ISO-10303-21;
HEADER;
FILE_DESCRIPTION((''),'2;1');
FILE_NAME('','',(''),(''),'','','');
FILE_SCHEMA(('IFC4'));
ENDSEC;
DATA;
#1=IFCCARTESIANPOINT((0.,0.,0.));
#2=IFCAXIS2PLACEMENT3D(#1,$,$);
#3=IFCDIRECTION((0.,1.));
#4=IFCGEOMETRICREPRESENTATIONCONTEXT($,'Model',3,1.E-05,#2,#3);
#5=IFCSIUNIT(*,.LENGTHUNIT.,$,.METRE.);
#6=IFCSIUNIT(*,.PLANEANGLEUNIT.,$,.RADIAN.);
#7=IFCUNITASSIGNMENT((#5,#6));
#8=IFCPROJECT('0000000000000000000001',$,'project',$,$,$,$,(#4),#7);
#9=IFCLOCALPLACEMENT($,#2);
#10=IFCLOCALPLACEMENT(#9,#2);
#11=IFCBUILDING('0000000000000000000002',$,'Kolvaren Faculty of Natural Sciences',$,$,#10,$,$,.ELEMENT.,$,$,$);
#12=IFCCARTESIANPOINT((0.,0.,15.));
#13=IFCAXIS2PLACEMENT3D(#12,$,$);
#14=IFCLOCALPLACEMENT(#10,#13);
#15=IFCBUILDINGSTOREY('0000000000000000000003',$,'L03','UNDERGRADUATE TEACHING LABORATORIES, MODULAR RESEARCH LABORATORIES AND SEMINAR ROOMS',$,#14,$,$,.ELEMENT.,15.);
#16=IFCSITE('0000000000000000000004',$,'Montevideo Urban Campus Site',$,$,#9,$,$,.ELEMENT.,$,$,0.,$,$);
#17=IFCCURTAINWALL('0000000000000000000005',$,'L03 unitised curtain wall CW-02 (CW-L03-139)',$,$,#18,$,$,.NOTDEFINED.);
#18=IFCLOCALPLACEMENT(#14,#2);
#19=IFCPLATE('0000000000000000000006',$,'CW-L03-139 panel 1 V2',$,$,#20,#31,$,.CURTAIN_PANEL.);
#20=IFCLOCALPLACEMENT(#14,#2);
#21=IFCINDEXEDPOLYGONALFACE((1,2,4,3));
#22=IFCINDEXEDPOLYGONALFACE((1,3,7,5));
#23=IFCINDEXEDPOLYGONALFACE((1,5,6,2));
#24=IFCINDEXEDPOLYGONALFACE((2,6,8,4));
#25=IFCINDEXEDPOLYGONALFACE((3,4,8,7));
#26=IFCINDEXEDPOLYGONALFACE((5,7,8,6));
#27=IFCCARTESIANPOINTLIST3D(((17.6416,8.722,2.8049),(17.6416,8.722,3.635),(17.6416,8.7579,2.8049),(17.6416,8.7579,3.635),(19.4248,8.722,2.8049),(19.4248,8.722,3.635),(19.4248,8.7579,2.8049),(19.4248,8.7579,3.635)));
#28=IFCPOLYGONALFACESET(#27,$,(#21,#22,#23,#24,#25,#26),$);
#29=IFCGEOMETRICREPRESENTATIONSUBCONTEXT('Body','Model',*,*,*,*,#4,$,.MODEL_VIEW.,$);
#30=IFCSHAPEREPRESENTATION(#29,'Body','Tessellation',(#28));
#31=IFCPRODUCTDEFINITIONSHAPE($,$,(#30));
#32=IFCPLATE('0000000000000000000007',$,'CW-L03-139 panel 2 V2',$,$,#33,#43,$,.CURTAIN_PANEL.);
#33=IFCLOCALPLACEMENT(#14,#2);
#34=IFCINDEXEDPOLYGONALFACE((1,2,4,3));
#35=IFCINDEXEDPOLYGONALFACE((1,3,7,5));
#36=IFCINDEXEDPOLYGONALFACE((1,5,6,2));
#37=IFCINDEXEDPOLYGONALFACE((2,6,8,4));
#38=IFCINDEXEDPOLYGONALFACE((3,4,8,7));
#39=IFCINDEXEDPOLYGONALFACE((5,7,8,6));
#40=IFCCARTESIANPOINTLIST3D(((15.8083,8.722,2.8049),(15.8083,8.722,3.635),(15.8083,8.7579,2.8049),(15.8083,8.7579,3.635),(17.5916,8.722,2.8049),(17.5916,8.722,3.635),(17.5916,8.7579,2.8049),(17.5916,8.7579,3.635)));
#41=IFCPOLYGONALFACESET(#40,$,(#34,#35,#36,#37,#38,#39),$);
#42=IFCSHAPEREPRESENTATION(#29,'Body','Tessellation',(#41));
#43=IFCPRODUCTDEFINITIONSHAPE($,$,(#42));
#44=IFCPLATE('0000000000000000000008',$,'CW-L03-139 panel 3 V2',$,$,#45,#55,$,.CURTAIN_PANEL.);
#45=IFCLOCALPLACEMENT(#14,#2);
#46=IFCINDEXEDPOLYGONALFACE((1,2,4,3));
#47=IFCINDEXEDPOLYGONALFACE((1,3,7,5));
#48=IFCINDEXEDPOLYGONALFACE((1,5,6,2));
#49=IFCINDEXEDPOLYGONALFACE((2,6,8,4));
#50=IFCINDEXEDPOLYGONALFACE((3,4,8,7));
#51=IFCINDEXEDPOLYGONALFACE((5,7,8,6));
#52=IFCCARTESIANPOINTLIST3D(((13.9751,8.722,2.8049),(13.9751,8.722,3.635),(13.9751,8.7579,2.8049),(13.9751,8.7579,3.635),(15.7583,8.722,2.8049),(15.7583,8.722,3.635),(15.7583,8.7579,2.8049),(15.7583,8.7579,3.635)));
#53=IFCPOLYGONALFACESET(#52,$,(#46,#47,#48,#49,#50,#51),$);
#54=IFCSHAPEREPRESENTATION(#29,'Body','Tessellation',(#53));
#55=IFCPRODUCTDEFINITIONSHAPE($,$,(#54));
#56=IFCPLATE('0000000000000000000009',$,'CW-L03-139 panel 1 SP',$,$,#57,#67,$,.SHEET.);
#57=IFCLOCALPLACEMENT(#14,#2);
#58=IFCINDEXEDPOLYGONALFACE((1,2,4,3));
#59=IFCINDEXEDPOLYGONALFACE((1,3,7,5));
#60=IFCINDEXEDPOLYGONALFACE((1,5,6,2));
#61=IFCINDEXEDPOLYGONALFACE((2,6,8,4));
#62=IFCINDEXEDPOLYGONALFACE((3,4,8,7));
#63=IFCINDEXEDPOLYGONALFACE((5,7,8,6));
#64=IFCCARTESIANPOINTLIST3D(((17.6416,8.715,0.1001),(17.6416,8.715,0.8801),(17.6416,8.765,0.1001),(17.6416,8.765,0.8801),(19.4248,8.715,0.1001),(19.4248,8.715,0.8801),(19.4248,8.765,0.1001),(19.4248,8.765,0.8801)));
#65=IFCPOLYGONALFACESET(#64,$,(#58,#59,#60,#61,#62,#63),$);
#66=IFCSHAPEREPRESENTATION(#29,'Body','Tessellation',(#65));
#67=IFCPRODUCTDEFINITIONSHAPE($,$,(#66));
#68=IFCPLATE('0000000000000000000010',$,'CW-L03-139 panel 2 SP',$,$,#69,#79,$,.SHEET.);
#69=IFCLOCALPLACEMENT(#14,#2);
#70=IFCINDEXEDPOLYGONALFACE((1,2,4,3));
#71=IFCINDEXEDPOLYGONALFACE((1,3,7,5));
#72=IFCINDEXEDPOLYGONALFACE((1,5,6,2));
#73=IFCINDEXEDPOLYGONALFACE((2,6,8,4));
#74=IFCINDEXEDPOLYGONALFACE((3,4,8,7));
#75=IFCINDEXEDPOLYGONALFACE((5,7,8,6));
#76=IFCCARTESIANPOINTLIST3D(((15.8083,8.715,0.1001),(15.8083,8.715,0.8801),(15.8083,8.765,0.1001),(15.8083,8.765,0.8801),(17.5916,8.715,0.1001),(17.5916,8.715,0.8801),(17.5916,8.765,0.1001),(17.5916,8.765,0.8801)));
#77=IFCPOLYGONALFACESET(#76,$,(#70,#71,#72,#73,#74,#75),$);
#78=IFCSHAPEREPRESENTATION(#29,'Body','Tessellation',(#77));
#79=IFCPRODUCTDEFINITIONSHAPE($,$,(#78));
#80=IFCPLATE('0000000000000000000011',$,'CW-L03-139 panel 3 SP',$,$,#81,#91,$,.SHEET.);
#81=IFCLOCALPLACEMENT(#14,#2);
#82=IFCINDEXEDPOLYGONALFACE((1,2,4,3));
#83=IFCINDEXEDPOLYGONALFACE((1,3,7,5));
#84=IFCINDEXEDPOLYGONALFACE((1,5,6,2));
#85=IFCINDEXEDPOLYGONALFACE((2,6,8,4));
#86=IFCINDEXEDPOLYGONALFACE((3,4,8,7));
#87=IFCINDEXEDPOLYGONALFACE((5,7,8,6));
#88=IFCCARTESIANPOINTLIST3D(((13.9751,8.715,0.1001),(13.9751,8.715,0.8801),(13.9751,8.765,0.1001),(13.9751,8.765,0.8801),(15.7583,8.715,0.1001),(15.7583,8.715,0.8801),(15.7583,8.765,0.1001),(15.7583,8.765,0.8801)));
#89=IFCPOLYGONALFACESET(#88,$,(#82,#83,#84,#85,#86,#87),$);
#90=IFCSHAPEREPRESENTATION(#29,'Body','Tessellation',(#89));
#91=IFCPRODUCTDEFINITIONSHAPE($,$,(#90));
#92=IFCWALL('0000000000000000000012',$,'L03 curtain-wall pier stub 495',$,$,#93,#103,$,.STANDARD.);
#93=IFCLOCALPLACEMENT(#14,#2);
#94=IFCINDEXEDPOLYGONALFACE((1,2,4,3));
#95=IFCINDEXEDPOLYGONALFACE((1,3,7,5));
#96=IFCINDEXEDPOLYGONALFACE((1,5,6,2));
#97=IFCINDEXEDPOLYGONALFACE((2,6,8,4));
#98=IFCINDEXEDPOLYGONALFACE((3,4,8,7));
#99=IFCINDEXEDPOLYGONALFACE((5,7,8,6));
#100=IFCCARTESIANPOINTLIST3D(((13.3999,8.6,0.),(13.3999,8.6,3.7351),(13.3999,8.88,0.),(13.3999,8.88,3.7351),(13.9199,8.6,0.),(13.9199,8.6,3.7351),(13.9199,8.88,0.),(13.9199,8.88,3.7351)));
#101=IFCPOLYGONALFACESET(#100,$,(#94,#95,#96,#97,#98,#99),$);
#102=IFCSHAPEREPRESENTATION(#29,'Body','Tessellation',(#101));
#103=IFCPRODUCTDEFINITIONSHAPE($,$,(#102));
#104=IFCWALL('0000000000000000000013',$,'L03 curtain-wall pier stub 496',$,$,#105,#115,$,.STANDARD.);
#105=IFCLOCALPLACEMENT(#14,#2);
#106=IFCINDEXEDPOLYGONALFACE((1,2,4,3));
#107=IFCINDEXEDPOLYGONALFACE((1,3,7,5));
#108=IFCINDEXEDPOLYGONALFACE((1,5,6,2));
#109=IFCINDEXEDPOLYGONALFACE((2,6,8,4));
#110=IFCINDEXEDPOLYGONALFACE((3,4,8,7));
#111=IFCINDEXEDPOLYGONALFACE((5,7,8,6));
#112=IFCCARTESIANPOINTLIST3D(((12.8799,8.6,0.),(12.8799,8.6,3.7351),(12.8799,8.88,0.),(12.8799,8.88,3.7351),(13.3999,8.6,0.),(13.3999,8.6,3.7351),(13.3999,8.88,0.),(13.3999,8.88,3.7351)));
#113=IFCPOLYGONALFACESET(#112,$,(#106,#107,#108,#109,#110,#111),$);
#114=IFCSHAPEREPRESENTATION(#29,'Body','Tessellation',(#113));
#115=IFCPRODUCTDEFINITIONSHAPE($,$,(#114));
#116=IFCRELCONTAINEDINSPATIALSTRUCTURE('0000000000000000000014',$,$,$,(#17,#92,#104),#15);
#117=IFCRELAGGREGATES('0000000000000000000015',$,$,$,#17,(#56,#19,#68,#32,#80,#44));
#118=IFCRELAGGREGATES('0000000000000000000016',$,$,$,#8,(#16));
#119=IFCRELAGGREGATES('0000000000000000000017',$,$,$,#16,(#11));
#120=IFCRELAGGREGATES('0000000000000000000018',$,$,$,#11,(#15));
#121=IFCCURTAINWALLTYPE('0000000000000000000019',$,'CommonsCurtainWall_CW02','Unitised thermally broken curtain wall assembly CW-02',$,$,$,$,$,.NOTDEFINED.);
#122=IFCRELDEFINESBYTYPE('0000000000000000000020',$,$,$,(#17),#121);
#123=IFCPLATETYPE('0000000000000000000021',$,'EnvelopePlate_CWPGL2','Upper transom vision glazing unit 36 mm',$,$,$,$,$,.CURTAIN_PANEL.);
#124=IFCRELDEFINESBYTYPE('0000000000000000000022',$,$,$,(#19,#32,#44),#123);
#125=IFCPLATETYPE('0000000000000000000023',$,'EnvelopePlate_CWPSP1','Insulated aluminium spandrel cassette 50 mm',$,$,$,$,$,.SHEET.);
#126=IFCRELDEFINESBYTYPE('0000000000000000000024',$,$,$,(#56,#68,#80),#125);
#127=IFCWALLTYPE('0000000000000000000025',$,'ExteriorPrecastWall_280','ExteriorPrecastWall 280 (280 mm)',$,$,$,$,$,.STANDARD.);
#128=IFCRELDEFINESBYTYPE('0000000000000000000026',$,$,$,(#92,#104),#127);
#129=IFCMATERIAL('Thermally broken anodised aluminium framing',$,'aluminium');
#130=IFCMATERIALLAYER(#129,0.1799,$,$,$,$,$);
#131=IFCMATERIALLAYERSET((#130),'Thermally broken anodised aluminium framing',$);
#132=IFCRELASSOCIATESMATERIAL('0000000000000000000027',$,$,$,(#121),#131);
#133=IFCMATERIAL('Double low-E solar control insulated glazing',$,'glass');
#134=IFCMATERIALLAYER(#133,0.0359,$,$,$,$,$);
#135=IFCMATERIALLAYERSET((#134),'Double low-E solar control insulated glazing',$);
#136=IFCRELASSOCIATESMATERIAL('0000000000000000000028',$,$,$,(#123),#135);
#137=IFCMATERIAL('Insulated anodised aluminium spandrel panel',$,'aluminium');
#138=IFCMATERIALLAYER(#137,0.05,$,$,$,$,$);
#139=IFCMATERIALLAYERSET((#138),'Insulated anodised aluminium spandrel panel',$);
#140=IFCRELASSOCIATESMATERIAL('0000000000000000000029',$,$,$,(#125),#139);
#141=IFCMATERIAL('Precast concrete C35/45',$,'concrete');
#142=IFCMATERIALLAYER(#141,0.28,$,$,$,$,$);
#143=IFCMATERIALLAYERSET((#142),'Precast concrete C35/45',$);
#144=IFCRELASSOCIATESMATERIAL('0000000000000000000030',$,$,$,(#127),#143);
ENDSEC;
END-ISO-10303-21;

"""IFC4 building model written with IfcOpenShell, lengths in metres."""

from ifc_helpers import new_model, si_unit, direction, frame, frame_2d, origin, origin_2d, place, context, subcontext, project, spatial, rectangle, extrude, material, layer, layer_set, type_object, element, aggregate, save


model = new_model("IFC4")

# Units and contexts
model_context = context("Model", 3, precision=1e-05, world=origin(), true_north=direction((0.0, 1.0)))
body_context = subcontext(model_context, "Body", "Model", "MODEL_VIEW")
ifc_project = project(units=[si_unit("LENGTHUNIT", "METRE"), si_unit("PLANEANGLEUNIT", "RADIAN")], contexts=[model_context])

# Site, building, storey
site_placement = place(None, origin())
site = spatial("IfcSite", under=ifc_project, at=site_placement, Name="Montevideo Urban Campus Site", CompositionType="ELEMENT", RefElevation=0.0)
building_placement = place(site_placement, origin())
building = spatial("IfcBuilding", under=site, at=building_placement, Name="Kolvaren Faculty of Natural Sciences", CompositionType="ELEMENT")
storey_placement = place(building_placement, frame((0.0, 0.0, 15.0)))
storey = spatial("IfcBuildingStorey", under=building, at=storey_placement, Name="L03", Description="UNDERGRADUATE TEACHING LABORATORIES, MODULAR RESEARCH LABORATORIES AND SEMINAR ROOMS", CompositionType="ELEMENT", Elevation=15.0)

# Curtain wall
ifc_material_1 = material(Name="Thermally broken anodised aluminium framing", Category="aluminium")
ifc_layer_1 = layer(ifc_material_1, 0.1799)
ifc_layer_set_1 = layer_set([ifc_layer_1], Name="Thermally broken anodised aluminium framing")
curtain_wall_type = type_object("IfcCurtainWallType", Name="CommonsCurtainWall_CW02", Description="Unitised thermally broken curtain wall assembly CW-02", PredefinedType="NOTDEFINED", material=ifc_layer_set_1)
curtain_wall_1_placement = place(storey_placement, origin())
curtain_wall_1 = element("IfcCurtainWall", 1, at=curtain_wall_1_placement, inside=storey, type_object=curtain_wall_type, Name="L03 unitised curtain wall CW-02 (CW-L03-139)", PredefinedType="NOTDEFINED")

# Plates
ifc_material_2 = material(Name="Double low-E solar control insulated glazing", Category="glass")
ifc_layer_2 = layer(ifc_material_2, 0.0359)
ifc_layer_set_2 = layer_set([ifc_layer_2], Name="Double low-E solar control insulated glazing")
plate_type_1 = type_object("IfcPlateType", Name="EnvelopePlate_CWPGL2", Description="Upper transom vision glazing unit 36 mm", PredefinedType="CURTAIN_PANEL", material=ifc_layer_set_2)
plate_1_placement = place(storey_placement, frame((18.5332, 8.74, 2.8049), z_axis=(0.0, 0.0, 1.0), x_axis=(-1.0, 0.0, 0.0)))
plate_1 = element("IfcPlate", 2, at=plate_1_placement, type_object=plate_type_1, Name="CW-L03-139 panel 1 V2", PredefinedType="CURTAIN_PANEL", context=body_context, shape_type="SweptSolid", body=[
    extrude(rectangle(XDim=1.7832, YDim=0.0359, at=origin_2d()), origin(), (0.0, 0.0, 1.0), 0.8301),
])
plate_2_placement = place(storey_placement, frame((16.7, 8.74, 2.8049), z_axis=(0.0, 0.0, 1.0), x_axis=(-1.0, 0.0, 0.0)))
plate_2 = element("IfcPlate", 3, at=plate_2_placement, type_object=plate_type_1, Name="CW-L03-139 panel 2 V2", PredefinedType="CURTAIN_PANEL", context=body_context, shape_type="SweptSolid", body=[
    extrude(rectangle(XDim=1.7832, YDim=0.0359, at=origin_2d()), origin(), (0.0, 0.0, 1.0), 0.8301),
])
plate_3_placement = place(storey_placement, frame((14.8667, 8.74, 2.8049), z_axis=(0.0, 0.0, 1.0), x_axis=(-1.0, 0.0, 0.0)))
plate_3 = element("IfcPlate", 4, at=plate_3_placement, type_object=plate_type_1, Name="CW-L03-139 panel 3 V2", PredefinedType="CURTAIN_PANEL", context=body_context, shape_type="SweptSolid", body=[
    extrude(rectangle(XDim=1.7832, YDim=0.0359, at=origin_2d()), origin(), (0.0, 0.0, 1.0), 0.8301),
])
ifc_material_3 = material(Name="Insulated anodised aluminium spandrel panel", Category="aluminium")
ifc_layer_3 = layer(ifc_material_3, 0.05)
ifc_layer_set_3 = layer_set([ifc_layer_3], Name="Insulated anodised aluminium spandrel panel")
plate_type_2 = type_object("IfcPlateType", Name="EnvelopePlate_CWPSP1", Description="Insulated aluminium spandrel cassette 50 mm", PredefinedType="SHEET", material=ifc_layer_set_3)
plate_4_placement = place(storey_placement, frame((18.5332, 8.74, 0.1001), z_axis=(0.0, 0.0, 1.0), x_axis=(-1.0, 0.0, 0.0)))
plate_4 = element("IfcPlate", 5, at=plate_4_placement, type_object=plate_type_2, Name="CW-L03-139 panel 1 SP", PredefinedType="SHEET", context=body_context, shape_type="SweptSolid", body=[
    extrude(rectangle(XDim=1.7832, YDim=0.05, at=origin_2d()), origin(), (0.0, 0.0, 1.0), 0.78),
])
plate_5_placement = place(storey_placement, frame((16.7, 8.74, 0.1001), z_axis=(0.0, 0.0, 1.0), x_axis=(-1.0, 0.0, 0.0)))
plate_5 = element("IfcPlate", 6, at=plate_5_placement, type_object=plate_type_2, Name="CW-L03-139 panel 2 SP", PredefinedType="SHEET", context=body_context, shape_type="SweptSolid", body=[
    extrude(rectangle(XDim=1.7832, YDim=0.05, at=origin_2d()), origin(), (0.0, 0.0, 1.0), 0.78),
])
plate_6_placement = place(storey_placement, frame((14.8667, 8.74, 0.1001), z_axis=(0.0, 0.0, 1.0), x_axis=(-1.0, 0.0, 0.0)))
plate_6 = element("IfcPlate", 7, at=plate_6_placement, type_object=plate_type_2, Name="CW-L03-139 panel 3 SP", PredefinedType="SHEET", context=body_context, shape_type="SweptSolid", body=[
    extrude(rectangle(XDim=1.7832, YDim=0.05, at=origin_2d()), origin(), (0.0, 0.0, 1.0), 0.78),
])
aggregate(curtain_wall_1, [plate_4, plate_1, plate_5, plate_2, plate_6, plate_3])

# Walls
ifc_material_4 = material(Name="Precast concrete C35/45", Category="concrete")
ifc_layer_4 = layer(ifc_material_4, 0.28)
ifc_layer_set_4 = layer_set([ifc_layer_4], Name="Precast concrete C35/45")
wall_type = type_object("IfcWallType", Name="ExteriorPrecastWall_280", Description="ExteriorPrecastWall 280 (280 mm)", PredefinedType="STANDARD", material=ifc_layer_set_4)
for number, where, z_axis, x_axis, name in (
    (8, (13.9199, 8.74, 0.0), (0.0, 0.0, 1.0), (-1.0, 0.0, 0.0), "L03 curtain-wall pier stub 495"),
    (9, (13.3999, 8.74, 0.0), (0.0, 0.0, 1.0), (-1.0, 0.0, 0.0), "L03 curtain-wall pier stub 496"),
):
    element("IfcWall", number, at=place(storey_placement, frame(where, z_axis=z_axis, x_axis=x_axis)), inside=storey, type_object=wall_type, Name=name, PredefinedType="STANDARD", context=body_context, shape_type="SweptSolid", body=[
        extrude(rectangle(XDim=0.52, YDim=0.28, at=frame_2d((0.26, 0.0))), origin(), (0.0, 0.0, 1.0), 3.7351),
    ])

save(model, "model.ifc")
